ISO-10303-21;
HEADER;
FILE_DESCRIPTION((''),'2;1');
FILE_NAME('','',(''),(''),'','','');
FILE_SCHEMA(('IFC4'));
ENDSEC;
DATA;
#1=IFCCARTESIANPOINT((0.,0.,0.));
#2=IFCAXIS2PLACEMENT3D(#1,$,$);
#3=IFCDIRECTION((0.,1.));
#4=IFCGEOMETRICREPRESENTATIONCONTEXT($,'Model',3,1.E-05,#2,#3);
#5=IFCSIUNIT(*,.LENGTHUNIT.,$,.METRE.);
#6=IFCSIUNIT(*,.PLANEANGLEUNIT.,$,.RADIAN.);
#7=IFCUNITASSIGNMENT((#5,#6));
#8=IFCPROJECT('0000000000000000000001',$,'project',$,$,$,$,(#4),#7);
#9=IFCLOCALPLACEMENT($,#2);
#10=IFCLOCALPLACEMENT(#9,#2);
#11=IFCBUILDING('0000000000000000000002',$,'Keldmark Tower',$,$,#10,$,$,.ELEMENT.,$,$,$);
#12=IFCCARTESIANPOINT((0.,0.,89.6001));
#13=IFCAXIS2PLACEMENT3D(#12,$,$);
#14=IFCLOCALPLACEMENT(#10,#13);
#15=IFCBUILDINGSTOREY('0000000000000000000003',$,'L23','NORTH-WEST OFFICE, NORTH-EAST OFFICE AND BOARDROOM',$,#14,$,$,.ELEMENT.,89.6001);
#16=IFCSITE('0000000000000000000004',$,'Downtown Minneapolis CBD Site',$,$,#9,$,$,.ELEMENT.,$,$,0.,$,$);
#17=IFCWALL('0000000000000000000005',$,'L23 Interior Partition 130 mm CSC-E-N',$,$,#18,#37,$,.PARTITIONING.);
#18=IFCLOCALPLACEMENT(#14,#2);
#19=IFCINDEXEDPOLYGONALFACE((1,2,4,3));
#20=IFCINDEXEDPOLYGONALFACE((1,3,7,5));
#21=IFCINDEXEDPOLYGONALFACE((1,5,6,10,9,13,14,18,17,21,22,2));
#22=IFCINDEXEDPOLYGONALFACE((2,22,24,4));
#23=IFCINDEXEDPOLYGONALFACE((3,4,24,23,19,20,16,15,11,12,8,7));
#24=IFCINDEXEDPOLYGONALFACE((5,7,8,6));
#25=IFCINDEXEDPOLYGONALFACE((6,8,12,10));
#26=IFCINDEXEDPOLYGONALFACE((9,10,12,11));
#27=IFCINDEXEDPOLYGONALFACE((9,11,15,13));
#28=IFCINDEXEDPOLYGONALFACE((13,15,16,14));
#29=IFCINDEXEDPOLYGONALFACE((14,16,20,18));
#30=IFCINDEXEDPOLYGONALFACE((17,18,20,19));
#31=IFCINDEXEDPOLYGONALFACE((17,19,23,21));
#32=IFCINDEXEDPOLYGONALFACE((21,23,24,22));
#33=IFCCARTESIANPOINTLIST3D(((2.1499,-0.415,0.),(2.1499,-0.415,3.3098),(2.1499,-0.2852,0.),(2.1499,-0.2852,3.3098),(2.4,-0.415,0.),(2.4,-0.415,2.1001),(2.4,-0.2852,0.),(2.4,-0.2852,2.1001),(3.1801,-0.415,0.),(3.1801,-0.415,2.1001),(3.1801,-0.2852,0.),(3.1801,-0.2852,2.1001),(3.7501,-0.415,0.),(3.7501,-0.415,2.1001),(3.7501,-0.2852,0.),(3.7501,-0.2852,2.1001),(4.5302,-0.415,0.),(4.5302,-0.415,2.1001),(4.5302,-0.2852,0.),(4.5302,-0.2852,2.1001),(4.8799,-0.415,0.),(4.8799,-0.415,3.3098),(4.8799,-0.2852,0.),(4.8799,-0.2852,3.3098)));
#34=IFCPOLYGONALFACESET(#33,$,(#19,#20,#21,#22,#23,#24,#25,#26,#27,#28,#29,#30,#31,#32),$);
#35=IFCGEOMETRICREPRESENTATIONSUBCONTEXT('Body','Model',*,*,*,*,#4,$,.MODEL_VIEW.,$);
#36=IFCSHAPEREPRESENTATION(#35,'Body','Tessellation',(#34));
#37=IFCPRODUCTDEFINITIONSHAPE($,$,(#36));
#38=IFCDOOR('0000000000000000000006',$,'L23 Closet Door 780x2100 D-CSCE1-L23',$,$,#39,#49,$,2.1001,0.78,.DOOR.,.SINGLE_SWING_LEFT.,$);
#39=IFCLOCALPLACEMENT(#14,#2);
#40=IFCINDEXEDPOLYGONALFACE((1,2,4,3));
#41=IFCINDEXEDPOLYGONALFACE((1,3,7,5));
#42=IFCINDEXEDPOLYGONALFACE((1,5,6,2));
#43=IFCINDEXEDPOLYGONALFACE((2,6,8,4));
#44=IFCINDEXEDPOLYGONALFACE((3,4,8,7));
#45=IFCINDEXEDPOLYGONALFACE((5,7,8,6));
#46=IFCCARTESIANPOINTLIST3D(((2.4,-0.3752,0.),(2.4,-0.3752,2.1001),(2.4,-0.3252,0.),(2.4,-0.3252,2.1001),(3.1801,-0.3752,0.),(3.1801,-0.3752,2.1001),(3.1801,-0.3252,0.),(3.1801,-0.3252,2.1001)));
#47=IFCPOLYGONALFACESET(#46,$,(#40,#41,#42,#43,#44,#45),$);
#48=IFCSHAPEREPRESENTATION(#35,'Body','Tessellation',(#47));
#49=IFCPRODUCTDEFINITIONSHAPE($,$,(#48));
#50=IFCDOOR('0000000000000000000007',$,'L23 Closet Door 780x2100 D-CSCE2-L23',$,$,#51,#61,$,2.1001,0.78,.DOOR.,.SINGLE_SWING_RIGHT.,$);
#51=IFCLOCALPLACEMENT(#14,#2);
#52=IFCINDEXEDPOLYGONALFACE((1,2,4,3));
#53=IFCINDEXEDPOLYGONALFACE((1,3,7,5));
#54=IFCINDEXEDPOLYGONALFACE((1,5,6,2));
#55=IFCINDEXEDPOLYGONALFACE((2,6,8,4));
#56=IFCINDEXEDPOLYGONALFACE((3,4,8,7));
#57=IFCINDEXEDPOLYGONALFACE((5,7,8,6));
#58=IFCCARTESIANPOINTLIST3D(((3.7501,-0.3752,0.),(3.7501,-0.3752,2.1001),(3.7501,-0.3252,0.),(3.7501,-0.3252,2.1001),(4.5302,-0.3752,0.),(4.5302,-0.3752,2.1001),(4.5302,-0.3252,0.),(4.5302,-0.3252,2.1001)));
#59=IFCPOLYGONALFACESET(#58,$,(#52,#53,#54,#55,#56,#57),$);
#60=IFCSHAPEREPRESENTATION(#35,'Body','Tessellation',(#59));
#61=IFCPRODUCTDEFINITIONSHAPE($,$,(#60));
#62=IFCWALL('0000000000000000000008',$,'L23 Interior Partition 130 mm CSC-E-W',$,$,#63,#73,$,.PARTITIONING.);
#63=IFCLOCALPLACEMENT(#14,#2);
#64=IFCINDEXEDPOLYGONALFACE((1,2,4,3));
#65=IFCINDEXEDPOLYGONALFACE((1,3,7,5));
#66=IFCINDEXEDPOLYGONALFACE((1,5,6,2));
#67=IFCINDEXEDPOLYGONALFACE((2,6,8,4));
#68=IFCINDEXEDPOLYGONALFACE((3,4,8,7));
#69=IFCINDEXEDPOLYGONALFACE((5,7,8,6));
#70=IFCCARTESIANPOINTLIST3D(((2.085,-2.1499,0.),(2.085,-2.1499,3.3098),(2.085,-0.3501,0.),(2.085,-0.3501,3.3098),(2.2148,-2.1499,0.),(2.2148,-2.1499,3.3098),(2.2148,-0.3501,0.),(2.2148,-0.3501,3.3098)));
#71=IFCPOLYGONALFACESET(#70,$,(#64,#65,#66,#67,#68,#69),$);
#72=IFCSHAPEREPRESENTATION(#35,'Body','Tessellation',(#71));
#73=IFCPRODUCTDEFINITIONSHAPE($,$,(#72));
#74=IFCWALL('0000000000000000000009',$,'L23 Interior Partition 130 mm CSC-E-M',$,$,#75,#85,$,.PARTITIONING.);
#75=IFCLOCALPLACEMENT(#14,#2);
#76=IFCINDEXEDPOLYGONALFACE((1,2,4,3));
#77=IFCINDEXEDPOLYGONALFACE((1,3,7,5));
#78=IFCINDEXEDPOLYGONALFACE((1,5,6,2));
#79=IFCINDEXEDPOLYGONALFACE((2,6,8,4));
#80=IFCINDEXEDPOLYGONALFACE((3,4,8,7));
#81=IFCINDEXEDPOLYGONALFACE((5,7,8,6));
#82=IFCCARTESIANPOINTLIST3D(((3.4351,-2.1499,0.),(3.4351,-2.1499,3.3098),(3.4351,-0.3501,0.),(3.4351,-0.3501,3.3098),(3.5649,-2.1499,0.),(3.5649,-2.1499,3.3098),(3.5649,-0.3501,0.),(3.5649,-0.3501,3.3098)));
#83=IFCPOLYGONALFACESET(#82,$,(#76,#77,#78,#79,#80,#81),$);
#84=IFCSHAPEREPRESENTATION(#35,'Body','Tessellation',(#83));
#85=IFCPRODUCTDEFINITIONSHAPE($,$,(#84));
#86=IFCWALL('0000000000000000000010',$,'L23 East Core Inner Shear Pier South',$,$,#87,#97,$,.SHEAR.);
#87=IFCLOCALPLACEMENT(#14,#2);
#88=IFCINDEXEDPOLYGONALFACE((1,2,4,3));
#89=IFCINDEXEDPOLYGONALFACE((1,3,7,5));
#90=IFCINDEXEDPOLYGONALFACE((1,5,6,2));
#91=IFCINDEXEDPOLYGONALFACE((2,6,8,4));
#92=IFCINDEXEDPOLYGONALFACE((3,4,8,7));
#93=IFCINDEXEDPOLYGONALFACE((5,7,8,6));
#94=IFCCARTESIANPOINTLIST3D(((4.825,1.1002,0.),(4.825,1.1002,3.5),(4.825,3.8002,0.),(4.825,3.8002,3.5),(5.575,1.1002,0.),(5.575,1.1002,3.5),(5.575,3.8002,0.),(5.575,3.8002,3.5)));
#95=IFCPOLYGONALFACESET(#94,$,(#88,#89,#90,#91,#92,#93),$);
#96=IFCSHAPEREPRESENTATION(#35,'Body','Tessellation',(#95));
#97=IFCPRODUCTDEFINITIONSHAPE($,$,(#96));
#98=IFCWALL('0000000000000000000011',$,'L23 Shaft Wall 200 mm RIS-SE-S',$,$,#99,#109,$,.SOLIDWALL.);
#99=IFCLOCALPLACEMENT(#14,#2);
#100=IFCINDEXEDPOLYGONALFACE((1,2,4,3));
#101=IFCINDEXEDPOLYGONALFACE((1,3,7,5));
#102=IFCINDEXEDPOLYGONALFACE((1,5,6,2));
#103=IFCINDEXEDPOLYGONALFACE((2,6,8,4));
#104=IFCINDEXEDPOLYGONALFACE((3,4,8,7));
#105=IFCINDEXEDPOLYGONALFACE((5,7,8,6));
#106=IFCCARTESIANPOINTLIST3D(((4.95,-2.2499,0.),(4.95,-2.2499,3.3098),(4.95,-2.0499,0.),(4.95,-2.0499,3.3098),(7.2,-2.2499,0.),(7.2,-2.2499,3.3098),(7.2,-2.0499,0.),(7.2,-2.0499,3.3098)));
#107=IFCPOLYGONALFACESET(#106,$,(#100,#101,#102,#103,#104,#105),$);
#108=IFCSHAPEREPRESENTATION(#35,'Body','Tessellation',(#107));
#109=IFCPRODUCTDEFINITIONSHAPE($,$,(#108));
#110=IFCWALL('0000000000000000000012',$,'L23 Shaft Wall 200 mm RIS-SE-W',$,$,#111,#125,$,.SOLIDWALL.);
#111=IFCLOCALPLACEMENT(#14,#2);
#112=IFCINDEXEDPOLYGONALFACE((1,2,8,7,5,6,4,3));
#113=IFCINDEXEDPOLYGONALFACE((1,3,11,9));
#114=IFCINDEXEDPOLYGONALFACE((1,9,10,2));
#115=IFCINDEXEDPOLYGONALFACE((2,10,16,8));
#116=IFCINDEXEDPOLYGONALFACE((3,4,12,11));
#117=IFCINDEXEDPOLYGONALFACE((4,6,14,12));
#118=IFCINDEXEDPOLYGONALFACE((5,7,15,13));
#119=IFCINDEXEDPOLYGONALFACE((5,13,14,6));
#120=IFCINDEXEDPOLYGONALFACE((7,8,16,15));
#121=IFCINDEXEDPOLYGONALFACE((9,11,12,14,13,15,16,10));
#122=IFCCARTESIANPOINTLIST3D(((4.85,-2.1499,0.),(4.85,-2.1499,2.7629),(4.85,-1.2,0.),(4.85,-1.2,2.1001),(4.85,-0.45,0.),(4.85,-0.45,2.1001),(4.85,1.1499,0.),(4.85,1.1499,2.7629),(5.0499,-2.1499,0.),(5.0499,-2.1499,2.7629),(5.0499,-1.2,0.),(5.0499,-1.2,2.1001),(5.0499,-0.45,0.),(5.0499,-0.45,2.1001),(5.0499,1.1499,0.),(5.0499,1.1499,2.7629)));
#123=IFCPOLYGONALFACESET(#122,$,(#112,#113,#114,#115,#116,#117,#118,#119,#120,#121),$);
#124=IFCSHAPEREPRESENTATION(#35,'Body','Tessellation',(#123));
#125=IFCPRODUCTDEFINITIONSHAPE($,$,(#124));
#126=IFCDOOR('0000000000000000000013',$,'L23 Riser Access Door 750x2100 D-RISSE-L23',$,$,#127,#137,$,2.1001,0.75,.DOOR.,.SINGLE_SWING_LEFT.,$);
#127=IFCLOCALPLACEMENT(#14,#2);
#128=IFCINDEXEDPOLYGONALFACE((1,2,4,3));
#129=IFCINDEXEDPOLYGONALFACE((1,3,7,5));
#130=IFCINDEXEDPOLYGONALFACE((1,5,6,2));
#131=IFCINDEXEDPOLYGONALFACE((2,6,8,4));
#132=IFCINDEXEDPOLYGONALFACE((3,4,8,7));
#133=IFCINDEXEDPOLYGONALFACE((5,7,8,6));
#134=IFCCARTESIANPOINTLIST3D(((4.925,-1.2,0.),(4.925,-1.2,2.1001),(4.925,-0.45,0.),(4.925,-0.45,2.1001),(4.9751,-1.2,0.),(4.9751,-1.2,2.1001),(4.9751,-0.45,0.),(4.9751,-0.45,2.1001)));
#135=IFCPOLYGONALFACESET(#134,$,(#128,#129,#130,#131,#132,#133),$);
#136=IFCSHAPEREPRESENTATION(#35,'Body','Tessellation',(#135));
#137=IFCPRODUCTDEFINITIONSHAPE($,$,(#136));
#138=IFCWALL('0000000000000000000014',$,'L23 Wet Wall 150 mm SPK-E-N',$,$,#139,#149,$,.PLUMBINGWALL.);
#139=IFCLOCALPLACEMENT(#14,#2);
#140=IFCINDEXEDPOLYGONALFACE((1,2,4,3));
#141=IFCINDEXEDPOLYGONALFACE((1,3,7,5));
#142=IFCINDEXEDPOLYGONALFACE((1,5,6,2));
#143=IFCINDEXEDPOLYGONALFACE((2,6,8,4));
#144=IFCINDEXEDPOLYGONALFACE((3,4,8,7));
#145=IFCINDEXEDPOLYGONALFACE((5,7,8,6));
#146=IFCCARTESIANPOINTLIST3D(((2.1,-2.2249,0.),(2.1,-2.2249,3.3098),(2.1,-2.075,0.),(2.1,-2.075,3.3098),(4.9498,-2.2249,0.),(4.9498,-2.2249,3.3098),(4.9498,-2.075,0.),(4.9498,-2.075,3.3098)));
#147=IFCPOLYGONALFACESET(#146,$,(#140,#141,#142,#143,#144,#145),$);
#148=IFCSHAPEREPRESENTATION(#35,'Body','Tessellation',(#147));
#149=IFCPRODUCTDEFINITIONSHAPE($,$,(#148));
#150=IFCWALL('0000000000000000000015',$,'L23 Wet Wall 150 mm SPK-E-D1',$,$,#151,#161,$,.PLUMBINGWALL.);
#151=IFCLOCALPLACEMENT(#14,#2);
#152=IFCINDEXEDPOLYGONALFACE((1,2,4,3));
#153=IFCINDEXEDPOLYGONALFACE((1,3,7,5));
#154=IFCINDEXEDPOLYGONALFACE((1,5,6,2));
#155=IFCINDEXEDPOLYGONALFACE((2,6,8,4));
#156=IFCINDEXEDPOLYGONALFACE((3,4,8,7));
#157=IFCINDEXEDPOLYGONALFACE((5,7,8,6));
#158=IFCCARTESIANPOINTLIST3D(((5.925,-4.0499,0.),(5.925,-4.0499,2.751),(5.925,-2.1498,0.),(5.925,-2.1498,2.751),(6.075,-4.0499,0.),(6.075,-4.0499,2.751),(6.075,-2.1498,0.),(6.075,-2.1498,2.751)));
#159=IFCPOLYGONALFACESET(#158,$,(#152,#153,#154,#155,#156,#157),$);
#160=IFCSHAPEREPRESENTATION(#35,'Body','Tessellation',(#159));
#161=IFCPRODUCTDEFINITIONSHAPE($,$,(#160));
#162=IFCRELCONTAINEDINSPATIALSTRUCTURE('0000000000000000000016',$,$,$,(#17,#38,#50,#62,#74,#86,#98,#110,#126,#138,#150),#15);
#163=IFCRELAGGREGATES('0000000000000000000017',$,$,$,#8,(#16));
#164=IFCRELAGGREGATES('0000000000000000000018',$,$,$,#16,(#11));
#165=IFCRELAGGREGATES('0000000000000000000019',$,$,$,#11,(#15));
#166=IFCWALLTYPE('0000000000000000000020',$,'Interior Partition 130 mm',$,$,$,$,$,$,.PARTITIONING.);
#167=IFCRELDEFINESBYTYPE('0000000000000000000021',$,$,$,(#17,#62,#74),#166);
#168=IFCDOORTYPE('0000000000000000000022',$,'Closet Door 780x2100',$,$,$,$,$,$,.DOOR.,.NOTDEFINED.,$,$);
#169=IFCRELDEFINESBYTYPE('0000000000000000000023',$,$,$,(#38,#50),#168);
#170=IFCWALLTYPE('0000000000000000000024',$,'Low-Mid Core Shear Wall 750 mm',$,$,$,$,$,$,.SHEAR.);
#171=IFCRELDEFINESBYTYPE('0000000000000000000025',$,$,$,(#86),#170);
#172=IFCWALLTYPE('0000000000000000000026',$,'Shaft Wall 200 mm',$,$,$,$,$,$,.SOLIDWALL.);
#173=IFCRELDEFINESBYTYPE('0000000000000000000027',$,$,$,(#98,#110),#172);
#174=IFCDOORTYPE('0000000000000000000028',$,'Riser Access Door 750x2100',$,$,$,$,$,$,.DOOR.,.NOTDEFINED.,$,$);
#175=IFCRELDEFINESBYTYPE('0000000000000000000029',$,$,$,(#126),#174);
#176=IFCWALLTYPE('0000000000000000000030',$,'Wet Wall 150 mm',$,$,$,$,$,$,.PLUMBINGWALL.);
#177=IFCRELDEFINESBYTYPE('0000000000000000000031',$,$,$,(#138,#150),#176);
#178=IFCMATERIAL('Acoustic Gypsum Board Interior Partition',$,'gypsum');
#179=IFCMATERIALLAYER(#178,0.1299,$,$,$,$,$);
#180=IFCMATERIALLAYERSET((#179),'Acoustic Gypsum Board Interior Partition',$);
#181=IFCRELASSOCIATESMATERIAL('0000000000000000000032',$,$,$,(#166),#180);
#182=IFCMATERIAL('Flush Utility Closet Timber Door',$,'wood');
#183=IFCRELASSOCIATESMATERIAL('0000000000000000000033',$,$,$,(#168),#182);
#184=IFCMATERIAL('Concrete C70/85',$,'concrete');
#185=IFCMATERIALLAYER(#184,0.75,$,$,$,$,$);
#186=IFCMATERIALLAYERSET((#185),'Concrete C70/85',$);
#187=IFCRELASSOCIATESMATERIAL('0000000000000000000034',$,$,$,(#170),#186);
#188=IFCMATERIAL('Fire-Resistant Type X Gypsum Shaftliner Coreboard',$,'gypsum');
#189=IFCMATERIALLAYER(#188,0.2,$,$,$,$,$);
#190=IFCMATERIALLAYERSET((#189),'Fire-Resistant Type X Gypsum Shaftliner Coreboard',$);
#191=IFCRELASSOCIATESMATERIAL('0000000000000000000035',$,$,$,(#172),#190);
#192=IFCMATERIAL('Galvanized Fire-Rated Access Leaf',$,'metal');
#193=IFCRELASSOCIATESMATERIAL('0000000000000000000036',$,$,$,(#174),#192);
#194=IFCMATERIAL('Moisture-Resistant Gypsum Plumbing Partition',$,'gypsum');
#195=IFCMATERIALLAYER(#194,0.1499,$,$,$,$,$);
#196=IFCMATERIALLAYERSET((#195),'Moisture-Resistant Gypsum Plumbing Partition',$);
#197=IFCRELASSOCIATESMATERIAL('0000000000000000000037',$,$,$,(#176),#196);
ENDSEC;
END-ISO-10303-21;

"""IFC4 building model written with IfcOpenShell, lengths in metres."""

from ifc_helpers import new_model, si_unit, direction, frame, frame_2d, origin, place, context, subcontext, project, spatial, rectangle, extrude, material, layer, layer_set, type_object, element, fill, save


model = new_model("IFC4")

# Units and contexts
model_context = context("Model", 3, precision=1e-05, world=origin(), true_north=direction((0.0, 1.0)))
body_context = subcontext(model_context, "Body", "Model", "MODEL_VIEW")
ifc_project = project(units=[si_unit("LENGTHUNIT", "METRE"), si_unit("PLANEANGLEUNIT", "RADIAN")], contexts=[model_context])

# Site, building, storey
site_placement = place(None, origin())
site = spatial("IfcSite", under=ifc_project, at=site_placement, Name="Downtown Minneapolis CBD Site", CompositionType="ELEMENT", RefElevation=0.0)
building_placement = place(site_placement, origin())
building = spatial("IfcBuilding", under=site, at=building_placement, Name="Keldmark Tower", CompositionType="ELEMENT")
storey_placement = place(building_placement, frame((0.0, 0.0, 89.6001)))
storey = spatial("IfcBuildingStorey", under=building, at=storey_placement, Name="L23", Description="NORTH-WEST OFFICE, NORTH-EAST OFFICE AND BOARDROOM", CompositionType="ELEMENT", Elevation=89.6001)

# Wall, openings, doors
ifc_material_1 = material(Name="Acoustic Gypsum Board Interior Partition", Category="gypsum")
ifc_layer_1 = layer(ifc_material_1, 0.1299)
ifc_layer_set_1 = layer_set([ifc_layer_1], Name="Acoustic Gypsum Board Interior Partition")
wall_type_1 = type_object("IfcWallType", Name="Interior Partition 130 mm", PredefinedType="PARTITIONING", material=ifc_layer_set_1)
wall_1_placement = place(storey_placement, frame((2.1499, -0.3501, 0.0), z_axis=(0.0, 0.0, 1.0), x_axis=(1.0, 0.0, 0.0)))
wall_1 = element("IfcWall", 1, at=wall_1_placement, inside=storey, type_object=wall_type_1, Name="L23 Interior Partition 130 mm CSC-E-N", PredefinedType="PARTITIONING", context=body_context, shape_type="SweptSolid", body=[
    extrude(rectangle(XDim=2.73, YDim=0.1299, at=frame_2d((1.365, 0.0))), origin(), (0.0, 0.0, 1.0), 3.3098),
])
opening_1_placement = place(wall_1_placement, frame((0.25, 0.0, 0.0)))
opening_1 = element("IfcOpeningElement", 2, at=opening_1_placement, cuts=wall_1, PredefinedType="OPENING", context=body_context, shape_type="SweptSolid", body=[
    extrude(rectangle(XDim=0.78, YDim=2.1001, at=frame_2d((0.3901, 1.05))), frame((0.0, 0.075, 0.0), z_axis=(0.0, -1.0, 0.0), x_axis=(1.0, 0.0, 0.0)), (0.0, 0.0, 1.0), 0.1499),
])
opening_2_placement = place(wall_1_placement, frame((1.6001, 0.0, 0.0)))
opening_2 = element("IfcOpeningElement", 3, at=opening_2_placement, cuts=wall_1, PredefinedType="OPENING", context=body_context, shape_type="SweptSolid", body=[
    extrude(rectangle(XDim=0.78, YDim=2.1001, at=frame_2d((0.3901, 1.05))), frame((0.0, 0.075, 0.0), z_axis=(0.0, -1.0, 0.0), x_axis=(1.0, 0.0, 0.0)), (0.0, 0.0, 1.0), 0.1499),
])
ifc_material_2 = material(Name="Flush Utility Closet Timber Door", Category="wood")
door_type_1 = type_object("IfcDoorType", Name="Closet Door 780x2100", OperationType="NOTDEFINED", PredefinedType="DOOR", material=ifc_material_2)
door_1_placement = place(opening_1_placement, origin())
door_1 = element("IfcDoor", 4, at=door_1_placement, inside=storey, type_object=door_type_1, Name="L23 Closet Door 780x2100 D-CSCE1-L23", OperationType="SINGLE_SWING_LEFT", OverallHeight=2.1001, OverallWidth=0.78, PredefinedType="DOOR", context=body_context, shape_type="SweptSolid", body=[
    extrude(rectangle(XDim=0.78, YDim=2.1001, at=frame_2d((0.3901, 1.05))), frame((0.0, 0.0249, 0.0), z_axis=(0.0, -1.0, 0.0), x_axis=(1.0, 0.0, 0.0)), (0.0, 0.0, 1.0), 0.05),
])
fill(opening_1, door_1)
door_2_placement = place(opening_2_placement, origin())
door_2 = element("IfcDoor", 5, at=door_2_placement, inside=storey, type_object=door_type_1, Name="L23 Closet Door 780x2100 D-CSCE2-L23", OperationType="SINGLE_SWING_RIGHT", OverallHeight=2.1001, OverallWidth=0.78, PredefinedType="DOOR", context=body_context, shape_type="SweptSolid", body=[
    extrude(rectangle(XDim=0.78, YDim=2.1001, at=frame_2d((0.3901, 1.05))), frame((0.0, 0.0249, 0.0), z_axis=(0.0, -1.0, 0.0), x_axis=(1.0, 0.0, 0.0)), (0.0, 0.0, 1.0), 0.05),
])
fill(opening_2, door_2)

# Walls
for number, where, z_axis, x_axis, name in (
    (6, (2.1499, -2.1499, 0.0), (0.0, 0.0, 1.0), (0.0, 1.0, 0.0), "L23 Interior Partition 130 mm CSC-E-W"),
    (7, (3.5, -2.1499, 0.0), (0.0, 0.0, 1.0), (0.0, 1.0, 0.0), "L23 Interior Partition 130 mm CSC-E-M"),
):
    element("IfcWall", number, at=place(storey_placement, frame(where, z_axis=z_axis, x_axis=x_axis)), inside=storey, type_object=wall_type_1, Name=name, PredefinedType="PARTITIONING", context=body_context, shape_type="SweptSolid", body=[
        extrude(rectangle(XDim=1.7998, YDim=0.1299, at=frame_2d((0.8999, 0.0))), origin(), (0.0, 0.0, 1.0), 3.3098),
    ])
ifc_material_3 = material(Name="Concrete C70/85", Category="concrete")
ifc_layer_2 = layer(ifc_material_3, 0.75)
ifc_layer_set_2 = layer_set([ifc_layer_2], Name="Concrete C70/85")
wall_type_2 = type_object("IfcWallType", Name="Low-Mid Core Shear Wall 750 mm", PredefinedType="SHEAR", material=ifc_layer_set_2)
wall_2_placement = place(storey_placement, frame((5.2, 1.1001, 0.0), z_axis=(0.0, 0.0, 1.0), x_axis=(0.0, 1.0, 0.0)))
element("IfcWall", 8, at=wall_2_placement, inside=storey, type_object=wall_type_2, Name="L23 East Core Inner Shear Pier South", PredefinedType="SHEAR", context=body_context, shape_type="SweptSolid", body=[
    extrude(rectangle(XDim=2.7, YDim=0.75, at=frame_2d((1.3501, 0.0))), origin(), (0.0, 0.0, 1.0), 3.5),
])
ifc_material_4 = material(Name="Fire-Resistant Type X Gypsum Shaftliner Coreboard", Category="gypsum")
ifc_layer_3 = layer(ifc_material_4, 0.2)
ifc_layer_set_3 = layer_set([ifc_layer_3], Name="Fire-Resistant Type X Gypsum Shaftliner Coreboard")
wall_type_3 = type_object("IfcWallType", Name="Shaft Wall 200 mm", PredefinedType="SOLIDWALL", material=ifc_layer_set_3)
wall_3_placement = place(storey_placement, frame((4.95, -2.1499, 0.0), z_axis=(0.0, 0.0, 1.0), x_axis=(1.0, 0.0, 0.0)))
element("IfcWall", 9, at=wall_3_placement, inside=storey, type_object=wall_type_3, Name="L23 Shaft Wall 200 mm RIS-SE-S", PredefinedType="SOLIDWALL", context=body_context, shape_type="SweptSolid", body=[
    extrude(rectangle(XDim=2.25, YDim=0.2, at=frame_2d((1.125, 0.0))), origin(), (0.0, 0.0, 1.0), 3.3098),
])

# Wall, opening, door
wall_4_placement = place(storey_placement, frame((4.95, -2.1499, 0.0), z_axis=(0.0, 0.0, 1.0), x_axis=(0.0, 1.0, 0.0)))
wall_4 = element("IfcWall", 10, at=wall_4_placement, inside=storey, type_object=wall_type_3, Name="L23 Shaft Wall 200 mm RIS-SE-W", PredefinedType="SOLIDWALL", context=body_context, shape_type="SweptSolid", body=[
    extrude(rectangle(XDim=3.2998, YDim=0.2, at=frame_2d((1.6499, 0.0))), origin(), (0.0, 0.0, 1.0), 2.7629),
])
opening_3_placement = place(wall_4_placement, frame((0.95, 0.0, 0.0)))
opening_3 = element("IfcOpeningElement", 11, at=opening_3_placement, cuts=wall_4, PredefinedType="OPENING", context=body_context, shape_type="SweptSolid", body=[
    extrude(rectangle(XDim=0.75, YDim=2.1001, at=frame_2d((0.375, 1.05))), frame((0.0, 0.1099, 0.0), z_axis=(0.0, -1.0, 0.0), x_axis=(1.0, 0.0, 0.0)), (0.0, 0.0, 1.0), 0.22),
])
ifc_material_5 = material(Name="Galvanized Fire-Rated Access Leaf", Category="metal")
door_type_2 = type_object("IfcDoorType", Name="Riser Access Door 750x2100", OperationType="NOTDEFINED", PredefinedType="DOOR", material=ifc_material_5)
door_3_placement = place(opening_3_placement, origin())
door_3 = element("IfcDoor", 12, at=door_3_placement, inside=storey, type_object=door_type_2, Name="L23 Riser Access Door 750x2100 D-RISSE-L23", OperationType="SINGLE_SWING_LEFT", OverallHeight=2.1001, OverallWidth=0.75, PredefinedType="DOOR", context=body_context, shape_type="SweptSolid", body=[
    extrude(rectangle(XDim=0.75, YDim=2.1001, at=frame_2d((0.375, 1.05))), frame((0.0, 0.0249, 0.0), z_axis=(0.0, -1.0, 0.0), x_axis=(1.0, 0.0, 0.0)), (0.0, 0.0, 1.0), 0.05),
])
fill(opening_3, door_3)

# Walls
ifc_material_6 = material(Name="Moisture-Resistant Gypsum Plumbing Partition", Category="gypsum")
ifc_layer_4 = layer(ifc_material_6, 0.1499)
ifc_layer_set_4 = layer_set([ifc_layer_4], Name="Moisture-Resistant Gypsum Plumbing Partition")
wall_type_4 = type_object("IfcWallType", Name="Wet Wall 150 mm", PredefinedType="PLUMBINGWALL", material=ifc_layer_set_4)
wall_5_placement = place(storey_placement, frame((2.1001, -2.1499, 0.0), z_axis=(0.0, 0.0, 1.0), x_axis=(1.0, 0.0, 0.0)))
element("IfcWall", 13, at=wall_5_placement, inside=storey, type_object=wall_type_4, Name="L23 Wet Wall 150 mm SPK-E-N", PredefinedType="PLUMBINGWALL", context=body_context, shape_type="SweptSolid", body=[
    extrude(rectangle(XDim=2.8499, YDim=0.1499, at=frame_2d((1.4248, 0.0))), origin(), (0.0, 0.0, 1.0), 3.3098),
])
wall_6_placement = place(storey_placement, frame((6.0, -4.05, 0.0), z_axis=(0.0, 0.0, 1.0), x_axis=(0.0, 1.0, 0.0)))
element("IfcWall", 14, at=wall_6_placement, inside=storey, type_object=wall_type_4, Name="L23 Wet Wall 150 mm SPK-E-D1", PredefinedType="PLUMBINGWALL", context=body_context, shape_type="SweptSolid", body=[
    extrude(rectangle(XDim=1.9001, YDim=0.1499, at=frame_2d((0.9502, 0.0))), origin(), (0.0, 0.0, 1.0), 2.751),
])

save(model, "model.ifc")
